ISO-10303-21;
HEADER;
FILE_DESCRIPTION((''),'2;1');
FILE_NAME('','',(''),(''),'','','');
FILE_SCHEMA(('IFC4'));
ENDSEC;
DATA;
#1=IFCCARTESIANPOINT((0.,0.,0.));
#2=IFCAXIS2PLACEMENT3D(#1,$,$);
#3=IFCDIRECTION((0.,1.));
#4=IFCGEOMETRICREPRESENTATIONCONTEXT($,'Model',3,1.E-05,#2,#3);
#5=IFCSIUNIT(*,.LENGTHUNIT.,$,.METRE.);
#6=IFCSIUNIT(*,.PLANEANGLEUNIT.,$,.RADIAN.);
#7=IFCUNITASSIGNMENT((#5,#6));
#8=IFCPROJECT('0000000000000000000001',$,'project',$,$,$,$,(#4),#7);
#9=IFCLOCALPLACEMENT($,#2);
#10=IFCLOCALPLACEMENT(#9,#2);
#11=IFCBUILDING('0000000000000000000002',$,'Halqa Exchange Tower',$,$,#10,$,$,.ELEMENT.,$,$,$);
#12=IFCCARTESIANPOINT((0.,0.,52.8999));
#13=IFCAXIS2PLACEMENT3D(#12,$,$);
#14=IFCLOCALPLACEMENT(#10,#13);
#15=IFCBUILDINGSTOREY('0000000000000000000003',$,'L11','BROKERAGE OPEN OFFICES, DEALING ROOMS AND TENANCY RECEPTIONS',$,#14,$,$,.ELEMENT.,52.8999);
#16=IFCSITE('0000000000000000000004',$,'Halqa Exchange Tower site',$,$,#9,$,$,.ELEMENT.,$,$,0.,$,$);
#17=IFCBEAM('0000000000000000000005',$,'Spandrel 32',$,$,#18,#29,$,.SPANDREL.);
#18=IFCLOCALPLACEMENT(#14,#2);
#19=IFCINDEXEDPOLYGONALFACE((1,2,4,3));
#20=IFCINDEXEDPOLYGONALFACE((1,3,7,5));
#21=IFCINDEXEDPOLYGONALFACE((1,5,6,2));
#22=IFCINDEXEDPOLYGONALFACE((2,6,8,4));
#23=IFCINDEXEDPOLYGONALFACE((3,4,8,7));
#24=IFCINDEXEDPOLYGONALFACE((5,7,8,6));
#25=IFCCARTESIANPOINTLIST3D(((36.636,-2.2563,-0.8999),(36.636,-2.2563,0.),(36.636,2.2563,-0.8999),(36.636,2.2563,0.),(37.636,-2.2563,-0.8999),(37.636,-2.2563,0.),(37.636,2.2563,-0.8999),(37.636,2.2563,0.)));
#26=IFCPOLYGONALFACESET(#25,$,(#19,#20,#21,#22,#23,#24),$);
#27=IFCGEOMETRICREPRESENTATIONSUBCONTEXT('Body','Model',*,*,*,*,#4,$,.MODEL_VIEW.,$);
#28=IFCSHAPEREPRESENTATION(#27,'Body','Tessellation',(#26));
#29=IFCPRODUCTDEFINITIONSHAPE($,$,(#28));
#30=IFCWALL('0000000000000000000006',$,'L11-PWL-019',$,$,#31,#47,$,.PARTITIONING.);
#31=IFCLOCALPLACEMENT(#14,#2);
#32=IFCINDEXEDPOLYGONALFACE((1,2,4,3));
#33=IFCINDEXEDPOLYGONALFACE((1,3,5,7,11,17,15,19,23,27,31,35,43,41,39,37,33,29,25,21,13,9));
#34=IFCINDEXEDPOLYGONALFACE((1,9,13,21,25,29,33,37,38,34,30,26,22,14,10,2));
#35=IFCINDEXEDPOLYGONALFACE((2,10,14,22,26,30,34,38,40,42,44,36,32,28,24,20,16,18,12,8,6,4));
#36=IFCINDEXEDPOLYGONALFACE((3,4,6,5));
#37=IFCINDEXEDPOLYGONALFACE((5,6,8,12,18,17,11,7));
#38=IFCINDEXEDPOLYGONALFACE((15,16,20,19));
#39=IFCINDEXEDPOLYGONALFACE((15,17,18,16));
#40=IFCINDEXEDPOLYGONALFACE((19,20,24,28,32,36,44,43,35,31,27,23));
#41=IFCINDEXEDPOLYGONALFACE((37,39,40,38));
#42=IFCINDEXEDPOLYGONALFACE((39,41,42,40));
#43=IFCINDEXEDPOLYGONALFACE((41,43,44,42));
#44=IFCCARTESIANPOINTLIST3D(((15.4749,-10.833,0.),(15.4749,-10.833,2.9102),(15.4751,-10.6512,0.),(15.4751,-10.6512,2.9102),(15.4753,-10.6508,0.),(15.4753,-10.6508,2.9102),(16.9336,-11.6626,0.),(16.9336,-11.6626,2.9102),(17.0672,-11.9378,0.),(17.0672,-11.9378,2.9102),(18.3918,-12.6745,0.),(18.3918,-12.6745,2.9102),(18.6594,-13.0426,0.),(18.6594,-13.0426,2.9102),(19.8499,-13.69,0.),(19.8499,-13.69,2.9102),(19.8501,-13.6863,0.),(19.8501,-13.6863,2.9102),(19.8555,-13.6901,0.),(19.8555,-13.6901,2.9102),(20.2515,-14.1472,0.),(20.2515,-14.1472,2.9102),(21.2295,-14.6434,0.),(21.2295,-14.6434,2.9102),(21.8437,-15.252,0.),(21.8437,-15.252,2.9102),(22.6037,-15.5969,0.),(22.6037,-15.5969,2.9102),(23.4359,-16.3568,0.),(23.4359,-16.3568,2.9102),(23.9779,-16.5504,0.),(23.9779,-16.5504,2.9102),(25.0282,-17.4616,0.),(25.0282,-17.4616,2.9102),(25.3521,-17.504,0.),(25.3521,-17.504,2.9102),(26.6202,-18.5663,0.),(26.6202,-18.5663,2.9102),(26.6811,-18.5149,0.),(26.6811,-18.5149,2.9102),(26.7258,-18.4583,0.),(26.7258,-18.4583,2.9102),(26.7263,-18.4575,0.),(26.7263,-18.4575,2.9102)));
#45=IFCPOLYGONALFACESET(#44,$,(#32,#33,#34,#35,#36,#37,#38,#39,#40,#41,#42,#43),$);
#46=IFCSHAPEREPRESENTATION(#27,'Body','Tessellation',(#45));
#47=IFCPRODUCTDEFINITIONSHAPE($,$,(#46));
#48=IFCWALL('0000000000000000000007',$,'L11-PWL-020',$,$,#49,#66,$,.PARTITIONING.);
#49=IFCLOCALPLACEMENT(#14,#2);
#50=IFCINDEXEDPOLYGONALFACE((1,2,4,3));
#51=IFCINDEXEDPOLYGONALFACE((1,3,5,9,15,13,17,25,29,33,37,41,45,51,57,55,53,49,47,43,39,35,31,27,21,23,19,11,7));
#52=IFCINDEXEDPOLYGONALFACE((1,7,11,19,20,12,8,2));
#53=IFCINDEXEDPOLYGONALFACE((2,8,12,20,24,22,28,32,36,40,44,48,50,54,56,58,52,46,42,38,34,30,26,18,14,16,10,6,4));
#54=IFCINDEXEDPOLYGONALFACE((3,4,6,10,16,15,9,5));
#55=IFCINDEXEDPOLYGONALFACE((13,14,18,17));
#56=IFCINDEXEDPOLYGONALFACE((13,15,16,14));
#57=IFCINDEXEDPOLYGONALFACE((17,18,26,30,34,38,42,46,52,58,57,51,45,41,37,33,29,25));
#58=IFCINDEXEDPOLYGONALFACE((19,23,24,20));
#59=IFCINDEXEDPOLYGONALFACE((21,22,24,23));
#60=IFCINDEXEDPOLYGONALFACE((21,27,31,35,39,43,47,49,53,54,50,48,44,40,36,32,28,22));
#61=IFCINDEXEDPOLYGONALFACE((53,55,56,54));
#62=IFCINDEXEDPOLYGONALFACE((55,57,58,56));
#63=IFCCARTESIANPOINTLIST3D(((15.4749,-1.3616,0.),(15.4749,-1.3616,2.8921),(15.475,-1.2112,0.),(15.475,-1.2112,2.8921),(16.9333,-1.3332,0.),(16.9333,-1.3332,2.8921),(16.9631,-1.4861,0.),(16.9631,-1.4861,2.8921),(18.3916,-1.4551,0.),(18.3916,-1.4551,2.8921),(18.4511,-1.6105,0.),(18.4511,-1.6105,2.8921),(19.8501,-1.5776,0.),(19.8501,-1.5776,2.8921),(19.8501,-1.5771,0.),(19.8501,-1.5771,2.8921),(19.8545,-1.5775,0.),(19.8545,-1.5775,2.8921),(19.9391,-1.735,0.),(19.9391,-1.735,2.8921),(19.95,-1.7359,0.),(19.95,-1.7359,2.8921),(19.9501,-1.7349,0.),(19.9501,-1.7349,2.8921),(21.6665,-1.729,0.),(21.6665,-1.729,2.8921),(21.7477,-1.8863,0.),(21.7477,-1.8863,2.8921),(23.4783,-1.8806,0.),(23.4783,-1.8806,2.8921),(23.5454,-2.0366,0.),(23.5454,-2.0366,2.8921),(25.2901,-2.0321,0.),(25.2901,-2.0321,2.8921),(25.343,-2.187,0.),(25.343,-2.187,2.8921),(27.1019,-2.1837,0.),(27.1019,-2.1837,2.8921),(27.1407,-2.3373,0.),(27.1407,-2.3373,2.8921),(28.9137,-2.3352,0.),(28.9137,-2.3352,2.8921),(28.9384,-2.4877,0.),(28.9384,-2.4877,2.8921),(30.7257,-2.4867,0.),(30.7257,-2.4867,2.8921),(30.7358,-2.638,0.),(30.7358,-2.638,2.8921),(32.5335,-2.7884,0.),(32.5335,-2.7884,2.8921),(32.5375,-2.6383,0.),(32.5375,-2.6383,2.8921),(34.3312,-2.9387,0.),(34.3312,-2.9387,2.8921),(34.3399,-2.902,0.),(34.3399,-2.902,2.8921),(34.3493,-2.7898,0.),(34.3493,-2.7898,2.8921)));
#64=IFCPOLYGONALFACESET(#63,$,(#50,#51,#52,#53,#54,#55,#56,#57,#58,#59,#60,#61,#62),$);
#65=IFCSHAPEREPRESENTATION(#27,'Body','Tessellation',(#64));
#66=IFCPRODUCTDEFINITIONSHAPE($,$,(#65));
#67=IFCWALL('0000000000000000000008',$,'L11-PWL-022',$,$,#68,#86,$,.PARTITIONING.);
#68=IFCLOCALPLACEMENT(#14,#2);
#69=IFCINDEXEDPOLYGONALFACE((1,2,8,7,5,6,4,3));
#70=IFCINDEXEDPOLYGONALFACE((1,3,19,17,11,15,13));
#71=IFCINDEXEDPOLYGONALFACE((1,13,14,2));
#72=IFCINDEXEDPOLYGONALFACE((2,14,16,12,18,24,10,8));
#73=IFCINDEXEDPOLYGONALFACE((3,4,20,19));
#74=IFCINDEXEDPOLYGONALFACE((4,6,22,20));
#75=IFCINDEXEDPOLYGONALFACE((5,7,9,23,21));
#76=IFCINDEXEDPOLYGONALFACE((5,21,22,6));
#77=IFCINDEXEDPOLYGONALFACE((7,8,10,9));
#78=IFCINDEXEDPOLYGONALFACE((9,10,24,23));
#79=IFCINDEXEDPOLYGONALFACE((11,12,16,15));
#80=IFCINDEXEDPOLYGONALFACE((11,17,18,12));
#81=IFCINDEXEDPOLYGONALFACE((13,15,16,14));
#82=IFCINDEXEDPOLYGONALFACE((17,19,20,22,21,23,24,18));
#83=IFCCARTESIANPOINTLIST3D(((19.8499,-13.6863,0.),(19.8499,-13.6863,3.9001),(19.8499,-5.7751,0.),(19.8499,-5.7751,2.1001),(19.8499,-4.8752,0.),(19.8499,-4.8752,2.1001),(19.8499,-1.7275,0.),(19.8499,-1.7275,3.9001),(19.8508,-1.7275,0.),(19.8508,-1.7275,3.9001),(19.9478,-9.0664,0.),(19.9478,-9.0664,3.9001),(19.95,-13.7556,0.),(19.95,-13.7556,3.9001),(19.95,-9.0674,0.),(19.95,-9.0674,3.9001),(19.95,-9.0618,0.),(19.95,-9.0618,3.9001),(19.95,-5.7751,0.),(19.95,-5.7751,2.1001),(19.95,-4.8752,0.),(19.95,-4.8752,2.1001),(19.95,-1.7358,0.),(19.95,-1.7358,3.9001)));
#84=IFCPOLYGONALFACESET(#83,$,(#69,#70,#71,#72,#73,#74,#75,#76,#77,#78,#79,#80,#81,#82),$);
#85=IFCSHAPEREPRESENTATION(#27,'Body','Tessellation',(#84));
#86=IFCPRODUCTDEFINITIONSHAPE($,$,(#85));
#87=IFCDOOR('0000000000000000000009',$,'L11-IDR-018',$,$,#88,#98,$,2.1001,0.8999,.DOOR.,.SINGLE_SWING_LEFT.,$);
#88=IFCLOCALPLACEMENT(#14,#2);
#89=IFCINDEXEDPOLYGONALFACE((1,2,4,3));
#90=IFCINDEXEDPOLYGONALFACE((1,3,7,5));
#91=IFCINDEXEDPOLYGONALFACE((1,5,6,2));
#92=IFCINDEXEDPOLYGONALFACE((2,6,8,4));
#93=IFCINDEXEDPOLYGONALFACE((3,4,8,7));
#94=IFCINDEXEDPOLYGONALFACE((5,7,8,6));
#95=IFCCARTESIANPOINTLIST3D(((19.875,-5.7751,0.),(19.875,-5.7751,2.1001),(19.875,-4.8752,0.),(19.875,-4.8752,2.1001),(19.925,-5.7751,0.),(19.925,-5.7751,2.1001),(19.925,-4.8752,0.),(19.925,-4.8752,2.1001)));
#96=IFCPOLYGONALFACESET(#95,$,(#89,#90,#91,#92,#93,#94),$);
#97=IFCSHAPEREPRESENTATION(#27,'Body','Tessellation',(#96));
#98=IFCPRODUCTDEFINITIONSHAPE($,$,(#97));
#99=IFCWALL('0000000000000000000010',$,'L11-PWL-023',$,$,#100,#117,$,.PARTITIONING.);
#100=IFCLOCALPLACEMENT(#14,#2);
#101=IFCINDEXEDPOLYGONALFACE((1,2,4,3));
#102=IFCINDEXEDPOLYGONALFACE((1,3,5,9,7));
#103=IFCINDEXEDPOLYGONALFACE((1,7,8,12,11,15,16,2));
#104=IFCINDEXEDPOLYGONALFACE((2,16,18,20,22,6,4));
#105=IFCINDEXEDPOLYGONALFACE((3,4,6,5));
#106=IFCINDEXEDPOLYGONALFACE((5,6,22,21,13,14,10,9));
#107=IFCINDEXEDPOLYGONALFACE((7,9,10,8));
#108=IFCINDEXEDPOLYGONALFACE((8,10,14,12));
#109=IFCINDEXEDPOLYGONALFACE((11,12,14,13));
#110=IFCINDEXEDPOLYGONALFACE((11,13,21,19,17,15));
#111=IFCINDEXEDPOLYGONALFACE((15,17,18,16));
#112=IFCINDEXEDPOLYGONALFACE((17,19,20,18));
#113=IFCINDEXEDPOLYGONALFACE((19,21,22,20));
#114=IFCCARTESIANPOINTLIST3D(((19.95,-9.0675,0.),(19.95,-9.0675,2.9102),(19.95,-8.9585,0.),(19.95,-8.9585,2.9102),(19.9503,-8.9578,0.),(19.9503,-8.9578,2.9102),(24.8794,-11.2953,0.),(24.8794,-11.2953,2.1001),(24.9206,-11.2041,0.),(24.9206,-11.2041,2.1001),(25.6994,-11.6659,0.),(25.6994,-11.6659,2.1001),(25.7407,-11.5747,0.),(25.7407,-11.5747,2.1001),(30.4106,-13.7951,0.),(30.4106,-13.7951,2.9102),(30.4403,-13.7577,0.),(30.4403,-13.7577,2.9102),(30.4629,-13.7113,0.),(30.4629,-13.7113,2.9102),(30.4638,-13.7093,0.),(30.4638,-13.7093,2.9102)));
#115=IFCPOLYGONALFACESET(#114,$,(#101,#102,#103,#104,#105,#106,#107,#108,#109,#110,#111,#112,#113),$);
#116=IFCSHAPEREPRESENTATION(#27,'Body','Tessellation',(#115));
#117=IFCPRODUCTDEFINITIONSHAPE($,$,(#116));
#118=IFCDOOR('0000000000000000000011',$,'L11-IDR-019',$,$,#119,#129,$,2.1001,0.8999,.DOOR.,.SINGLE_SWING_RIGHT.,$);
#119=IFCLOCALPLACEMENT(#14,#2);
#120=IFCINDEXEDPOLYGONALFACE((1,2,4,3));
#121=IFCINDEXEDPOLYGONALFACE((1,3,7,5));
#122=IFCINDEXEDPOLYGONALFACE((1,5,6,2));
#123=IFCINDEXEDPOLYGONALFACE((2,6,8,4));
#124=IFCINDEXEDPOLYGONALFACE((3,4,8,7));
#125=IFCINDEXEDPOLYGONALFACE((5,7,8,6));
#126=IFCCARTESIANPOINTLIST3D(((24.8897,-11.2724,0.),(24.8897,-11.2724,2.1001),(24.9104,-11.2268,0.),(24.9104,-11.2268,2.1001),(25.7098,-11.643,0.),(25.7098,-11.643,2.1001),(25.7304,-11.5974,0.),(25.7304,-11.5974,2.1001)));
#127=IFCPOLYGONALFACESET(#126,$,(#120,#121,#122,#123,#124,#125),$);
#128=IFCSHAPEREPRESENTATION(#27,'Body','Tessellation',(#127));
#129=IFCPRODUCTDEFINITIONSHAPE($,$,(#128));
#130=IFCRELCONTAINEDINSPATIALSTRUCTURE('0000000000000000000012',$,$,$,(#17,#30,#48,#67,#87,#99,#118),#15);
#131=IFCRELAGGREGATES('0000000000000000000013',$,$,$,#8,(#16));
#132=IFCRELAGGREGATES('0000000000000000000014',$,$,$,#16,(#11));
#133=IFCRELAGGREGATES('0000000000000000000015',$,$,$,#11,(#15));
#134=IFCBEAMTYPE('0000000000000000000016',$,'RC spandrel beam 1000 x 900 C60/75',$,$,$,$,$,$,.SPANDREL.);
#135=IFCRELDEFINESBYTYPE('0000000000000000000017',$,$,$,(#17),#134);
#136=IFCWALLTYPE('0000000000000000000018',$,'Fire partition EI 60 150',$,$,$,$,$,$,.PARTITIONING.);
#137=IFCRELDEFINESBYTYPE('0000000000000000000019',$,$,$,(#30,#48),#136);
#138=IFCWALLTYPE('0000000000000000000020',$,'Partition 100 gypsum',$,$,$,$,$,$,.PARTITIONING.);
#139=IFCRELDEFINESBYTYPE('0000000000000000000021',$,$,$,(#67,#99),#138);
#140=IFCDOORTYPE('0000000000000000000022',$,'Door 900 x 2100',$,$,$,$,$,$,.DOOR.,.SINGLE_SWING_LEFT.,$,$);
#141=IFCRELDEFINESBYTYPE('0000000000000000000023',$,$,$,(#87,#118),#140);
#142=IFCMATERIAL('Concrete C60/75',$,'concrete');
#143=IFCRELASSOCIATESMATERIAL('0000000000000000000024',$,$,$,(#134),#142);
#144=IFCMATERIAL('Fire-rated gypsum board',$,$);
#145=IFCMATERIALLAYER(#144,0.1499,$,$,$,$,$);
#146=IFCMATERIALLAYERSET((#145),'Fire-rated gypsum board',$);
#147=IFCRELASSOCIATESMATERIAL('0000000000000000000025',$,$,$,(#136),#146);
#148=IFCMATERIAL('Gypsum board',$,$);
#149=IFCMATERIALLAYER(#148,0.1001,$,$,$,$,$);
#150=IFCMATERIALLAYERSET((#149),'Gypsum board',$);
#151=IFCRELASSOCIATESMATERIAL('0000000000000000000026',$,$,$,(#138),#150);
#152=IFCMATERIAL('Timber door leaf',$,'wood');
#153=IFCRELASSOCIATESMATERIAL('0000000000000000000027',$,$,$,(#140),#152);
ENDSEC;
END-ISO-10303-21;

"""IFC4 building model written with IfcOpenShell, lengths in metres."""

from ifc_helpers import new_model, si_unit, direction, frame, frame_2d, origin, origin_2d, place, context, subcontext, project, spatial, polyline, rectangle, outline, extrude, material, layer, layer_set, material_profile, profile_set, type_object, element, fill, save


model = new_model("IFC4")

# Units and contexts
model_context = context("Model", 3, precision=1e-05, world=origin(), true_north=direction((0.0, 1.0)))
body_context = subcontext(model_context, "Body", "Model", "MODEL_VIEW")
ifc_project = project(units=[si_unit("LENGTHUNIT", "METRE"), si_unit("PLANEANGLEUNIT", "RADIAN")], contexts=[model_context])

# Site, building, storey
site_placement = place(None, origin())
site = spatial("IfcSite", under=ifc_project, at=site_placement, Name="Halqa Exchange Tower site", CompositionType="ELEMENT", RefElevation=0.0)
building_placement = place(site_placement, origin())
building = spatial("IfcBuilding", under=site, at=building_placement, Name="Halqa Exchange Tower", CompositionType="ELEMENT")
storey_placement = place(building_placement, frame((0.0, 0.0, 52.8999)))
storey = spatial("IfcBuildingStorey", under=building, at=storey_placement, Name="L11", Description="BROKERAGE OPEN OFFICES, DEALING ROOMS AND TENANCY RECEPTIONS", CompositionType="ELEMENT", Elevation=52.8999)

# Beam
ifc_material_1 = material(Name="Concrete C60/75", Category="concrete")
ifc_material_profile_1 = material_profile(ifc_material_1, rectangle(XDim=1.0, YDim=0.8999, at=origin_2d()), Name="1000 x 900")
ifc_profile_set_1 = profile_set([ifc_material_profile_1], Name="Concrete C60/75")
beam_type_1 = type_object("IfcBeamType", Name="RC spandrel beam 1000 x 900 C60/75", PredefinedType="SPANDREL", material=ifc_profile_set_1)
beam_1_placement = place(storey_placement, frame((37.136, -2.2563, -0.45), z_axis=(0.0, 1.0, 0.0), x_axis=(-1.0, 0.0, 0.0)))
element("IfcBeam", 1, at=beam_1_placement, inside=storey, type_object=beam_type_1, Name="Spandrel 32", PredefinedType="SPANDREL", context=body_context, shape_type="SweptSolid", body=[
    extrude(rectangle(XDim=1.0, YDim=0.8999, at=origin_2d()), origin(), (0.0, 0.0, 1.0), 4.5127),
])

# Walls
ifc_material_2 = material(Name="Fire-rated gypsum board")
ifc_layer_1 = layer(ifc_material_2, 0.1499)
ifc_layer_set_1 = layer_set([ifc_layer_1], Name="Fire-rated gypsum board")
wall_type_1 = type_object("IfcWallType", Name="Fire partition EI 60 150", PredefinedType="PARTITIONING", material=ifc_layer_set_1)
wall_1_placement = place(storey_placement, frame((15.4326, -10.7124, 0.0), z_axis=(0.0, 0.0, 1.0), x_axis=(0.821594, -0.570074, 0.0)))
element("IfcWall", 2, at=wall_1_placement, inside=storey, type_object=wall_type_1, Name="L11-PWL-019", PredefinedType="PARTITIONING", context=body_context, shape_type="SweptSolid", body=[
    extrude(outline(polyline([(0.1035, -0.075), (2.0415, -0.075), (3.9795, -0.075), (5.9172, -0.075), (7.8552, -0.075), (9.7932, -0.075), (11.7312, -0.075), (13.6689, -0.075), (13.6897, 0.002), (13.6941, 0.074), (13.6941, 0.075), (12.0215, 0.075), (10.3489, 0.075), (8.6763, 0.075), (7.0037, 0.075), (5.3313, 0.075), (5.3267, 0.0718), (5.3247, 0.075), (3.5498, 0.075), (1.7749, 0.075), (0.0, 0.075), (0.0, 0.0745), (0.1035, -0.075)])), origin(), (0.0, 0.0, 1.0), 2.9102),
])
wall_2_placement = place(storey_placement, frame((15.4688, -1.2859, 0.0), z_axis=(0.0, 0.0, 1.0), x_axis=(0.996521, -0.083347, 0.0)))
element("IfcWall", 3, at=wall_2_placement, inside=storey, type_object=wall_type_1, Name="L11-PWL-020", PredefinedType="PARTITIONING", context=body_context, shape_type="SweptSolid", body=[
    extrude(outline(polyline([(0.0125, -0.075), (1.5059, -0.075), (2.999, -0.075), (4.4922, -0.075), (4.5032, -0.074), (4.5032, -0.075), (6.3071, -0.075), (8.1111, -0.075), (9.915, -0.075), (11.719, -0.075), (13.5229, -0.075), (15.3267, -0.075), (17.1306, -0.075), (18.9346, -0.075), (18.9402, -0.0376), (18.9402, 0.075), (17.1221, 0.075), (15.304, 0.075), (13.4856, 0.075), (11.6675, 0.075), (9.8494, 0.075), (8.0312, 0.075), (6.2131, 0.075), (4.3948, 0.075), (4.3904, 0.0745), (4.3904, 0.075), (2.9268, 0.075), (1.4634, 0.075), (0.0, 0.075), (0.0125, -0.075)])), origin(), (0.0, 0.0, 1.0), 2.8921),
])

# Walls, openings, doors
ifc_material_3 = material(Name="Gypsum board")
ifc_layer_2 = layer(ifc_material_3, 0.1001)
ifc_layer_set_2 = layer_set([ifc_layer_2], Name="Gypsum board")
wall_type_2 = type_object("IfcWallType", Name="Partition 100 gypsum", PredefinedType="PARTITIONING", material=ifc_layer_set_2)
wall_3_placement = place(storey_placement, frame((19.8999, -13.7556, 0.0), z_axis=(0.0, 0.0, 1.0), x_axis=(0.0, 1.0, 0.0)))
wall_3 = element("IfcWall", 4, at=wall_3_placement, inside=storey, type_object=wall_type_2, Name="L11-PWL-022", PredefinedType="PARTITIONING", context=body_context, shape_type="SweptSolid", body=[
    extrude(outline(polyline([(0.0, -0.05), (1.5627, -0.05), (3.1255, -0.05), (4.6882, -0.05), (4.6892, -0.0479), (4.6938, -0.05), (6.5254, -0.05), (8.3569, -0.05), (10.1882, -0.05), (12.0198, -0.05), (12.0281, 0.0491), (12.0281, 0.05), (10.0349, 0.05), (8.0417, 0.05), (6.0488, 0.05), (4.0557, 0.05), (2.0625, 0.05), (0.0693, 0.05), (0.0, -0.05), (0.0, -0.05)])), origin(), (0.0, 0.0, 1.0), 3.9001),
])
opening_1_placement = place(wall_3_placement, frame((7.9805, 0.0, 0.0)))
opening_1 = element("IfcOpeningElement", 5, at=opening_1_placement, cuts=wall_3, PredefinedType="OPENING", context=body_context, shape_type="SweptSolid", body=[
    extrude(rectangle(XDim=0.8999, YDim=2.1001, at=frame_2d((0.45, 1.05))), frame((0.0, 0.062, 0.0), z_axis=(0.0, -1.0, 0.0), x_axis=(1.0, 0.0, 0.0)), (0.0, 0.0, 1.0), 0.124),
])
ifc_material_4 = material(Name="Timber door leaf", Category="wood")
door_type_1 = type_object("IfcDoorType", Name="Door 900 x 2100", OperationType="SINGLE_SWING_LEFT", PredefinedType="DOOR", material=ifc_material_4)
door_1_placement = place(opening_1_placement, origin())
door_1 = element("IfcDoor", 6, at=door_1_placement, inside=storey, type_object=door_type_1, Name="L11-IDR-018", OperationType="SINGLE_SWING_LEFT", OverallHeight=2.1001, OverallWidth=0.8999, PredefinedType="DOOR", context=body_context, shape_type="SweptSolid", body=[
    extrude(rectangle(XDim=0.8999, YDim=2.1001, at=frame_2d((0.45, 1.05))), frame((0.0, 0.0249, 0.0), z_axis=(0.0, -1.0, 0.0), x_axis=(1.0, 0.0, 0.0)), (0.0, 0.0, 1.0), 0.05),
])
fill(opening_1, door_1)
wall_4_placement = place(storey_placement, frame((19.9297, -9.0034, 0.0), z_axis=(0.0, 0.0, 1.0), x_axis=(0.911258, -0.411836, 0.0)))
wall_4 = element("IfcWall", 7, at=wall_4_placement, inside=storey, type_object=wall_type_2, Name="L11-PWL-023", PredefinedType="PARTITIONING", context=body_context, shape_type="SweptSolid", body=[
    extrude(outline(polyline([(0.0449, -0.05), (1.958, -0.05), (3.8713, -0.05), (5.7847, -0.05), (7.6978, -0.05), (9.6111, -0.05), (11.5242, -0.05), (11.5359, -0.0037), (11.5374, 0.0479), (11.5374, 0.05), (9.6145, 0.05), (7.6917, 0.05), (5.7686, 0.05), (3.8457, 0.05), (1.9229, 0.05), (0.0, 0.05), (0.0, 0.0493), (0.0449, -0.05)])), origin(), (0.0, 0.0, 1.0), 2.9102),
])
opening_2_placement = place(wall_4_placement, frame((5.4543, 0.0, 0.0)))
opening_2 = element("IfcOpeningElement", 8, at=opening_2_placement, cuts=wall_4, PredefinedType="OPENING", context=body_context, shape_type="SweptSolid", body=[
    extrude(rectangle(XDim=0.8999, YDim=2.1001, at=frame_2d((0.45, 1.05))), frame((0.0, 0.062, 0.0), z_axis=(0.0, -1.0, 0.0), x_axis=(1.0, 0.0, 0.0)), (0.0, 0.0, 1.0), 0.124),
])
door_2_placement = place(opening_2_placement, frame((0.8999, 0.0, 0.0), z_axis=(0.0, 0.0, 1.0), x_axis=(-1.0, 0.0, 0.0)))
door_2 = element("IfcDoor", 9, at=door_2_placement, inside=storey, type_object=door_type_1, Name="L11-IDR-019", OperationType="SINGLE_SWING_RIGHT", OverallHeight=2.1001, OverallWidth=0.8999, PredefinedType="DOOR", context=body_context, shape_type="SweptSolid", body=[
    extrude(rectangle(XDim=0.8999, YDim=2.1001, at=frame_2d((0.45, 1.05))), frame((0.0, 0.0249, 0.0), z_axis=(0.0, -1.0, 0.0), x_axis=(1.0, 0.0, 0.0)), (0.0, 0.0, 1.0), 0.05),
])
fill(opening_2, door_2)

save(model, "model.ifc")
